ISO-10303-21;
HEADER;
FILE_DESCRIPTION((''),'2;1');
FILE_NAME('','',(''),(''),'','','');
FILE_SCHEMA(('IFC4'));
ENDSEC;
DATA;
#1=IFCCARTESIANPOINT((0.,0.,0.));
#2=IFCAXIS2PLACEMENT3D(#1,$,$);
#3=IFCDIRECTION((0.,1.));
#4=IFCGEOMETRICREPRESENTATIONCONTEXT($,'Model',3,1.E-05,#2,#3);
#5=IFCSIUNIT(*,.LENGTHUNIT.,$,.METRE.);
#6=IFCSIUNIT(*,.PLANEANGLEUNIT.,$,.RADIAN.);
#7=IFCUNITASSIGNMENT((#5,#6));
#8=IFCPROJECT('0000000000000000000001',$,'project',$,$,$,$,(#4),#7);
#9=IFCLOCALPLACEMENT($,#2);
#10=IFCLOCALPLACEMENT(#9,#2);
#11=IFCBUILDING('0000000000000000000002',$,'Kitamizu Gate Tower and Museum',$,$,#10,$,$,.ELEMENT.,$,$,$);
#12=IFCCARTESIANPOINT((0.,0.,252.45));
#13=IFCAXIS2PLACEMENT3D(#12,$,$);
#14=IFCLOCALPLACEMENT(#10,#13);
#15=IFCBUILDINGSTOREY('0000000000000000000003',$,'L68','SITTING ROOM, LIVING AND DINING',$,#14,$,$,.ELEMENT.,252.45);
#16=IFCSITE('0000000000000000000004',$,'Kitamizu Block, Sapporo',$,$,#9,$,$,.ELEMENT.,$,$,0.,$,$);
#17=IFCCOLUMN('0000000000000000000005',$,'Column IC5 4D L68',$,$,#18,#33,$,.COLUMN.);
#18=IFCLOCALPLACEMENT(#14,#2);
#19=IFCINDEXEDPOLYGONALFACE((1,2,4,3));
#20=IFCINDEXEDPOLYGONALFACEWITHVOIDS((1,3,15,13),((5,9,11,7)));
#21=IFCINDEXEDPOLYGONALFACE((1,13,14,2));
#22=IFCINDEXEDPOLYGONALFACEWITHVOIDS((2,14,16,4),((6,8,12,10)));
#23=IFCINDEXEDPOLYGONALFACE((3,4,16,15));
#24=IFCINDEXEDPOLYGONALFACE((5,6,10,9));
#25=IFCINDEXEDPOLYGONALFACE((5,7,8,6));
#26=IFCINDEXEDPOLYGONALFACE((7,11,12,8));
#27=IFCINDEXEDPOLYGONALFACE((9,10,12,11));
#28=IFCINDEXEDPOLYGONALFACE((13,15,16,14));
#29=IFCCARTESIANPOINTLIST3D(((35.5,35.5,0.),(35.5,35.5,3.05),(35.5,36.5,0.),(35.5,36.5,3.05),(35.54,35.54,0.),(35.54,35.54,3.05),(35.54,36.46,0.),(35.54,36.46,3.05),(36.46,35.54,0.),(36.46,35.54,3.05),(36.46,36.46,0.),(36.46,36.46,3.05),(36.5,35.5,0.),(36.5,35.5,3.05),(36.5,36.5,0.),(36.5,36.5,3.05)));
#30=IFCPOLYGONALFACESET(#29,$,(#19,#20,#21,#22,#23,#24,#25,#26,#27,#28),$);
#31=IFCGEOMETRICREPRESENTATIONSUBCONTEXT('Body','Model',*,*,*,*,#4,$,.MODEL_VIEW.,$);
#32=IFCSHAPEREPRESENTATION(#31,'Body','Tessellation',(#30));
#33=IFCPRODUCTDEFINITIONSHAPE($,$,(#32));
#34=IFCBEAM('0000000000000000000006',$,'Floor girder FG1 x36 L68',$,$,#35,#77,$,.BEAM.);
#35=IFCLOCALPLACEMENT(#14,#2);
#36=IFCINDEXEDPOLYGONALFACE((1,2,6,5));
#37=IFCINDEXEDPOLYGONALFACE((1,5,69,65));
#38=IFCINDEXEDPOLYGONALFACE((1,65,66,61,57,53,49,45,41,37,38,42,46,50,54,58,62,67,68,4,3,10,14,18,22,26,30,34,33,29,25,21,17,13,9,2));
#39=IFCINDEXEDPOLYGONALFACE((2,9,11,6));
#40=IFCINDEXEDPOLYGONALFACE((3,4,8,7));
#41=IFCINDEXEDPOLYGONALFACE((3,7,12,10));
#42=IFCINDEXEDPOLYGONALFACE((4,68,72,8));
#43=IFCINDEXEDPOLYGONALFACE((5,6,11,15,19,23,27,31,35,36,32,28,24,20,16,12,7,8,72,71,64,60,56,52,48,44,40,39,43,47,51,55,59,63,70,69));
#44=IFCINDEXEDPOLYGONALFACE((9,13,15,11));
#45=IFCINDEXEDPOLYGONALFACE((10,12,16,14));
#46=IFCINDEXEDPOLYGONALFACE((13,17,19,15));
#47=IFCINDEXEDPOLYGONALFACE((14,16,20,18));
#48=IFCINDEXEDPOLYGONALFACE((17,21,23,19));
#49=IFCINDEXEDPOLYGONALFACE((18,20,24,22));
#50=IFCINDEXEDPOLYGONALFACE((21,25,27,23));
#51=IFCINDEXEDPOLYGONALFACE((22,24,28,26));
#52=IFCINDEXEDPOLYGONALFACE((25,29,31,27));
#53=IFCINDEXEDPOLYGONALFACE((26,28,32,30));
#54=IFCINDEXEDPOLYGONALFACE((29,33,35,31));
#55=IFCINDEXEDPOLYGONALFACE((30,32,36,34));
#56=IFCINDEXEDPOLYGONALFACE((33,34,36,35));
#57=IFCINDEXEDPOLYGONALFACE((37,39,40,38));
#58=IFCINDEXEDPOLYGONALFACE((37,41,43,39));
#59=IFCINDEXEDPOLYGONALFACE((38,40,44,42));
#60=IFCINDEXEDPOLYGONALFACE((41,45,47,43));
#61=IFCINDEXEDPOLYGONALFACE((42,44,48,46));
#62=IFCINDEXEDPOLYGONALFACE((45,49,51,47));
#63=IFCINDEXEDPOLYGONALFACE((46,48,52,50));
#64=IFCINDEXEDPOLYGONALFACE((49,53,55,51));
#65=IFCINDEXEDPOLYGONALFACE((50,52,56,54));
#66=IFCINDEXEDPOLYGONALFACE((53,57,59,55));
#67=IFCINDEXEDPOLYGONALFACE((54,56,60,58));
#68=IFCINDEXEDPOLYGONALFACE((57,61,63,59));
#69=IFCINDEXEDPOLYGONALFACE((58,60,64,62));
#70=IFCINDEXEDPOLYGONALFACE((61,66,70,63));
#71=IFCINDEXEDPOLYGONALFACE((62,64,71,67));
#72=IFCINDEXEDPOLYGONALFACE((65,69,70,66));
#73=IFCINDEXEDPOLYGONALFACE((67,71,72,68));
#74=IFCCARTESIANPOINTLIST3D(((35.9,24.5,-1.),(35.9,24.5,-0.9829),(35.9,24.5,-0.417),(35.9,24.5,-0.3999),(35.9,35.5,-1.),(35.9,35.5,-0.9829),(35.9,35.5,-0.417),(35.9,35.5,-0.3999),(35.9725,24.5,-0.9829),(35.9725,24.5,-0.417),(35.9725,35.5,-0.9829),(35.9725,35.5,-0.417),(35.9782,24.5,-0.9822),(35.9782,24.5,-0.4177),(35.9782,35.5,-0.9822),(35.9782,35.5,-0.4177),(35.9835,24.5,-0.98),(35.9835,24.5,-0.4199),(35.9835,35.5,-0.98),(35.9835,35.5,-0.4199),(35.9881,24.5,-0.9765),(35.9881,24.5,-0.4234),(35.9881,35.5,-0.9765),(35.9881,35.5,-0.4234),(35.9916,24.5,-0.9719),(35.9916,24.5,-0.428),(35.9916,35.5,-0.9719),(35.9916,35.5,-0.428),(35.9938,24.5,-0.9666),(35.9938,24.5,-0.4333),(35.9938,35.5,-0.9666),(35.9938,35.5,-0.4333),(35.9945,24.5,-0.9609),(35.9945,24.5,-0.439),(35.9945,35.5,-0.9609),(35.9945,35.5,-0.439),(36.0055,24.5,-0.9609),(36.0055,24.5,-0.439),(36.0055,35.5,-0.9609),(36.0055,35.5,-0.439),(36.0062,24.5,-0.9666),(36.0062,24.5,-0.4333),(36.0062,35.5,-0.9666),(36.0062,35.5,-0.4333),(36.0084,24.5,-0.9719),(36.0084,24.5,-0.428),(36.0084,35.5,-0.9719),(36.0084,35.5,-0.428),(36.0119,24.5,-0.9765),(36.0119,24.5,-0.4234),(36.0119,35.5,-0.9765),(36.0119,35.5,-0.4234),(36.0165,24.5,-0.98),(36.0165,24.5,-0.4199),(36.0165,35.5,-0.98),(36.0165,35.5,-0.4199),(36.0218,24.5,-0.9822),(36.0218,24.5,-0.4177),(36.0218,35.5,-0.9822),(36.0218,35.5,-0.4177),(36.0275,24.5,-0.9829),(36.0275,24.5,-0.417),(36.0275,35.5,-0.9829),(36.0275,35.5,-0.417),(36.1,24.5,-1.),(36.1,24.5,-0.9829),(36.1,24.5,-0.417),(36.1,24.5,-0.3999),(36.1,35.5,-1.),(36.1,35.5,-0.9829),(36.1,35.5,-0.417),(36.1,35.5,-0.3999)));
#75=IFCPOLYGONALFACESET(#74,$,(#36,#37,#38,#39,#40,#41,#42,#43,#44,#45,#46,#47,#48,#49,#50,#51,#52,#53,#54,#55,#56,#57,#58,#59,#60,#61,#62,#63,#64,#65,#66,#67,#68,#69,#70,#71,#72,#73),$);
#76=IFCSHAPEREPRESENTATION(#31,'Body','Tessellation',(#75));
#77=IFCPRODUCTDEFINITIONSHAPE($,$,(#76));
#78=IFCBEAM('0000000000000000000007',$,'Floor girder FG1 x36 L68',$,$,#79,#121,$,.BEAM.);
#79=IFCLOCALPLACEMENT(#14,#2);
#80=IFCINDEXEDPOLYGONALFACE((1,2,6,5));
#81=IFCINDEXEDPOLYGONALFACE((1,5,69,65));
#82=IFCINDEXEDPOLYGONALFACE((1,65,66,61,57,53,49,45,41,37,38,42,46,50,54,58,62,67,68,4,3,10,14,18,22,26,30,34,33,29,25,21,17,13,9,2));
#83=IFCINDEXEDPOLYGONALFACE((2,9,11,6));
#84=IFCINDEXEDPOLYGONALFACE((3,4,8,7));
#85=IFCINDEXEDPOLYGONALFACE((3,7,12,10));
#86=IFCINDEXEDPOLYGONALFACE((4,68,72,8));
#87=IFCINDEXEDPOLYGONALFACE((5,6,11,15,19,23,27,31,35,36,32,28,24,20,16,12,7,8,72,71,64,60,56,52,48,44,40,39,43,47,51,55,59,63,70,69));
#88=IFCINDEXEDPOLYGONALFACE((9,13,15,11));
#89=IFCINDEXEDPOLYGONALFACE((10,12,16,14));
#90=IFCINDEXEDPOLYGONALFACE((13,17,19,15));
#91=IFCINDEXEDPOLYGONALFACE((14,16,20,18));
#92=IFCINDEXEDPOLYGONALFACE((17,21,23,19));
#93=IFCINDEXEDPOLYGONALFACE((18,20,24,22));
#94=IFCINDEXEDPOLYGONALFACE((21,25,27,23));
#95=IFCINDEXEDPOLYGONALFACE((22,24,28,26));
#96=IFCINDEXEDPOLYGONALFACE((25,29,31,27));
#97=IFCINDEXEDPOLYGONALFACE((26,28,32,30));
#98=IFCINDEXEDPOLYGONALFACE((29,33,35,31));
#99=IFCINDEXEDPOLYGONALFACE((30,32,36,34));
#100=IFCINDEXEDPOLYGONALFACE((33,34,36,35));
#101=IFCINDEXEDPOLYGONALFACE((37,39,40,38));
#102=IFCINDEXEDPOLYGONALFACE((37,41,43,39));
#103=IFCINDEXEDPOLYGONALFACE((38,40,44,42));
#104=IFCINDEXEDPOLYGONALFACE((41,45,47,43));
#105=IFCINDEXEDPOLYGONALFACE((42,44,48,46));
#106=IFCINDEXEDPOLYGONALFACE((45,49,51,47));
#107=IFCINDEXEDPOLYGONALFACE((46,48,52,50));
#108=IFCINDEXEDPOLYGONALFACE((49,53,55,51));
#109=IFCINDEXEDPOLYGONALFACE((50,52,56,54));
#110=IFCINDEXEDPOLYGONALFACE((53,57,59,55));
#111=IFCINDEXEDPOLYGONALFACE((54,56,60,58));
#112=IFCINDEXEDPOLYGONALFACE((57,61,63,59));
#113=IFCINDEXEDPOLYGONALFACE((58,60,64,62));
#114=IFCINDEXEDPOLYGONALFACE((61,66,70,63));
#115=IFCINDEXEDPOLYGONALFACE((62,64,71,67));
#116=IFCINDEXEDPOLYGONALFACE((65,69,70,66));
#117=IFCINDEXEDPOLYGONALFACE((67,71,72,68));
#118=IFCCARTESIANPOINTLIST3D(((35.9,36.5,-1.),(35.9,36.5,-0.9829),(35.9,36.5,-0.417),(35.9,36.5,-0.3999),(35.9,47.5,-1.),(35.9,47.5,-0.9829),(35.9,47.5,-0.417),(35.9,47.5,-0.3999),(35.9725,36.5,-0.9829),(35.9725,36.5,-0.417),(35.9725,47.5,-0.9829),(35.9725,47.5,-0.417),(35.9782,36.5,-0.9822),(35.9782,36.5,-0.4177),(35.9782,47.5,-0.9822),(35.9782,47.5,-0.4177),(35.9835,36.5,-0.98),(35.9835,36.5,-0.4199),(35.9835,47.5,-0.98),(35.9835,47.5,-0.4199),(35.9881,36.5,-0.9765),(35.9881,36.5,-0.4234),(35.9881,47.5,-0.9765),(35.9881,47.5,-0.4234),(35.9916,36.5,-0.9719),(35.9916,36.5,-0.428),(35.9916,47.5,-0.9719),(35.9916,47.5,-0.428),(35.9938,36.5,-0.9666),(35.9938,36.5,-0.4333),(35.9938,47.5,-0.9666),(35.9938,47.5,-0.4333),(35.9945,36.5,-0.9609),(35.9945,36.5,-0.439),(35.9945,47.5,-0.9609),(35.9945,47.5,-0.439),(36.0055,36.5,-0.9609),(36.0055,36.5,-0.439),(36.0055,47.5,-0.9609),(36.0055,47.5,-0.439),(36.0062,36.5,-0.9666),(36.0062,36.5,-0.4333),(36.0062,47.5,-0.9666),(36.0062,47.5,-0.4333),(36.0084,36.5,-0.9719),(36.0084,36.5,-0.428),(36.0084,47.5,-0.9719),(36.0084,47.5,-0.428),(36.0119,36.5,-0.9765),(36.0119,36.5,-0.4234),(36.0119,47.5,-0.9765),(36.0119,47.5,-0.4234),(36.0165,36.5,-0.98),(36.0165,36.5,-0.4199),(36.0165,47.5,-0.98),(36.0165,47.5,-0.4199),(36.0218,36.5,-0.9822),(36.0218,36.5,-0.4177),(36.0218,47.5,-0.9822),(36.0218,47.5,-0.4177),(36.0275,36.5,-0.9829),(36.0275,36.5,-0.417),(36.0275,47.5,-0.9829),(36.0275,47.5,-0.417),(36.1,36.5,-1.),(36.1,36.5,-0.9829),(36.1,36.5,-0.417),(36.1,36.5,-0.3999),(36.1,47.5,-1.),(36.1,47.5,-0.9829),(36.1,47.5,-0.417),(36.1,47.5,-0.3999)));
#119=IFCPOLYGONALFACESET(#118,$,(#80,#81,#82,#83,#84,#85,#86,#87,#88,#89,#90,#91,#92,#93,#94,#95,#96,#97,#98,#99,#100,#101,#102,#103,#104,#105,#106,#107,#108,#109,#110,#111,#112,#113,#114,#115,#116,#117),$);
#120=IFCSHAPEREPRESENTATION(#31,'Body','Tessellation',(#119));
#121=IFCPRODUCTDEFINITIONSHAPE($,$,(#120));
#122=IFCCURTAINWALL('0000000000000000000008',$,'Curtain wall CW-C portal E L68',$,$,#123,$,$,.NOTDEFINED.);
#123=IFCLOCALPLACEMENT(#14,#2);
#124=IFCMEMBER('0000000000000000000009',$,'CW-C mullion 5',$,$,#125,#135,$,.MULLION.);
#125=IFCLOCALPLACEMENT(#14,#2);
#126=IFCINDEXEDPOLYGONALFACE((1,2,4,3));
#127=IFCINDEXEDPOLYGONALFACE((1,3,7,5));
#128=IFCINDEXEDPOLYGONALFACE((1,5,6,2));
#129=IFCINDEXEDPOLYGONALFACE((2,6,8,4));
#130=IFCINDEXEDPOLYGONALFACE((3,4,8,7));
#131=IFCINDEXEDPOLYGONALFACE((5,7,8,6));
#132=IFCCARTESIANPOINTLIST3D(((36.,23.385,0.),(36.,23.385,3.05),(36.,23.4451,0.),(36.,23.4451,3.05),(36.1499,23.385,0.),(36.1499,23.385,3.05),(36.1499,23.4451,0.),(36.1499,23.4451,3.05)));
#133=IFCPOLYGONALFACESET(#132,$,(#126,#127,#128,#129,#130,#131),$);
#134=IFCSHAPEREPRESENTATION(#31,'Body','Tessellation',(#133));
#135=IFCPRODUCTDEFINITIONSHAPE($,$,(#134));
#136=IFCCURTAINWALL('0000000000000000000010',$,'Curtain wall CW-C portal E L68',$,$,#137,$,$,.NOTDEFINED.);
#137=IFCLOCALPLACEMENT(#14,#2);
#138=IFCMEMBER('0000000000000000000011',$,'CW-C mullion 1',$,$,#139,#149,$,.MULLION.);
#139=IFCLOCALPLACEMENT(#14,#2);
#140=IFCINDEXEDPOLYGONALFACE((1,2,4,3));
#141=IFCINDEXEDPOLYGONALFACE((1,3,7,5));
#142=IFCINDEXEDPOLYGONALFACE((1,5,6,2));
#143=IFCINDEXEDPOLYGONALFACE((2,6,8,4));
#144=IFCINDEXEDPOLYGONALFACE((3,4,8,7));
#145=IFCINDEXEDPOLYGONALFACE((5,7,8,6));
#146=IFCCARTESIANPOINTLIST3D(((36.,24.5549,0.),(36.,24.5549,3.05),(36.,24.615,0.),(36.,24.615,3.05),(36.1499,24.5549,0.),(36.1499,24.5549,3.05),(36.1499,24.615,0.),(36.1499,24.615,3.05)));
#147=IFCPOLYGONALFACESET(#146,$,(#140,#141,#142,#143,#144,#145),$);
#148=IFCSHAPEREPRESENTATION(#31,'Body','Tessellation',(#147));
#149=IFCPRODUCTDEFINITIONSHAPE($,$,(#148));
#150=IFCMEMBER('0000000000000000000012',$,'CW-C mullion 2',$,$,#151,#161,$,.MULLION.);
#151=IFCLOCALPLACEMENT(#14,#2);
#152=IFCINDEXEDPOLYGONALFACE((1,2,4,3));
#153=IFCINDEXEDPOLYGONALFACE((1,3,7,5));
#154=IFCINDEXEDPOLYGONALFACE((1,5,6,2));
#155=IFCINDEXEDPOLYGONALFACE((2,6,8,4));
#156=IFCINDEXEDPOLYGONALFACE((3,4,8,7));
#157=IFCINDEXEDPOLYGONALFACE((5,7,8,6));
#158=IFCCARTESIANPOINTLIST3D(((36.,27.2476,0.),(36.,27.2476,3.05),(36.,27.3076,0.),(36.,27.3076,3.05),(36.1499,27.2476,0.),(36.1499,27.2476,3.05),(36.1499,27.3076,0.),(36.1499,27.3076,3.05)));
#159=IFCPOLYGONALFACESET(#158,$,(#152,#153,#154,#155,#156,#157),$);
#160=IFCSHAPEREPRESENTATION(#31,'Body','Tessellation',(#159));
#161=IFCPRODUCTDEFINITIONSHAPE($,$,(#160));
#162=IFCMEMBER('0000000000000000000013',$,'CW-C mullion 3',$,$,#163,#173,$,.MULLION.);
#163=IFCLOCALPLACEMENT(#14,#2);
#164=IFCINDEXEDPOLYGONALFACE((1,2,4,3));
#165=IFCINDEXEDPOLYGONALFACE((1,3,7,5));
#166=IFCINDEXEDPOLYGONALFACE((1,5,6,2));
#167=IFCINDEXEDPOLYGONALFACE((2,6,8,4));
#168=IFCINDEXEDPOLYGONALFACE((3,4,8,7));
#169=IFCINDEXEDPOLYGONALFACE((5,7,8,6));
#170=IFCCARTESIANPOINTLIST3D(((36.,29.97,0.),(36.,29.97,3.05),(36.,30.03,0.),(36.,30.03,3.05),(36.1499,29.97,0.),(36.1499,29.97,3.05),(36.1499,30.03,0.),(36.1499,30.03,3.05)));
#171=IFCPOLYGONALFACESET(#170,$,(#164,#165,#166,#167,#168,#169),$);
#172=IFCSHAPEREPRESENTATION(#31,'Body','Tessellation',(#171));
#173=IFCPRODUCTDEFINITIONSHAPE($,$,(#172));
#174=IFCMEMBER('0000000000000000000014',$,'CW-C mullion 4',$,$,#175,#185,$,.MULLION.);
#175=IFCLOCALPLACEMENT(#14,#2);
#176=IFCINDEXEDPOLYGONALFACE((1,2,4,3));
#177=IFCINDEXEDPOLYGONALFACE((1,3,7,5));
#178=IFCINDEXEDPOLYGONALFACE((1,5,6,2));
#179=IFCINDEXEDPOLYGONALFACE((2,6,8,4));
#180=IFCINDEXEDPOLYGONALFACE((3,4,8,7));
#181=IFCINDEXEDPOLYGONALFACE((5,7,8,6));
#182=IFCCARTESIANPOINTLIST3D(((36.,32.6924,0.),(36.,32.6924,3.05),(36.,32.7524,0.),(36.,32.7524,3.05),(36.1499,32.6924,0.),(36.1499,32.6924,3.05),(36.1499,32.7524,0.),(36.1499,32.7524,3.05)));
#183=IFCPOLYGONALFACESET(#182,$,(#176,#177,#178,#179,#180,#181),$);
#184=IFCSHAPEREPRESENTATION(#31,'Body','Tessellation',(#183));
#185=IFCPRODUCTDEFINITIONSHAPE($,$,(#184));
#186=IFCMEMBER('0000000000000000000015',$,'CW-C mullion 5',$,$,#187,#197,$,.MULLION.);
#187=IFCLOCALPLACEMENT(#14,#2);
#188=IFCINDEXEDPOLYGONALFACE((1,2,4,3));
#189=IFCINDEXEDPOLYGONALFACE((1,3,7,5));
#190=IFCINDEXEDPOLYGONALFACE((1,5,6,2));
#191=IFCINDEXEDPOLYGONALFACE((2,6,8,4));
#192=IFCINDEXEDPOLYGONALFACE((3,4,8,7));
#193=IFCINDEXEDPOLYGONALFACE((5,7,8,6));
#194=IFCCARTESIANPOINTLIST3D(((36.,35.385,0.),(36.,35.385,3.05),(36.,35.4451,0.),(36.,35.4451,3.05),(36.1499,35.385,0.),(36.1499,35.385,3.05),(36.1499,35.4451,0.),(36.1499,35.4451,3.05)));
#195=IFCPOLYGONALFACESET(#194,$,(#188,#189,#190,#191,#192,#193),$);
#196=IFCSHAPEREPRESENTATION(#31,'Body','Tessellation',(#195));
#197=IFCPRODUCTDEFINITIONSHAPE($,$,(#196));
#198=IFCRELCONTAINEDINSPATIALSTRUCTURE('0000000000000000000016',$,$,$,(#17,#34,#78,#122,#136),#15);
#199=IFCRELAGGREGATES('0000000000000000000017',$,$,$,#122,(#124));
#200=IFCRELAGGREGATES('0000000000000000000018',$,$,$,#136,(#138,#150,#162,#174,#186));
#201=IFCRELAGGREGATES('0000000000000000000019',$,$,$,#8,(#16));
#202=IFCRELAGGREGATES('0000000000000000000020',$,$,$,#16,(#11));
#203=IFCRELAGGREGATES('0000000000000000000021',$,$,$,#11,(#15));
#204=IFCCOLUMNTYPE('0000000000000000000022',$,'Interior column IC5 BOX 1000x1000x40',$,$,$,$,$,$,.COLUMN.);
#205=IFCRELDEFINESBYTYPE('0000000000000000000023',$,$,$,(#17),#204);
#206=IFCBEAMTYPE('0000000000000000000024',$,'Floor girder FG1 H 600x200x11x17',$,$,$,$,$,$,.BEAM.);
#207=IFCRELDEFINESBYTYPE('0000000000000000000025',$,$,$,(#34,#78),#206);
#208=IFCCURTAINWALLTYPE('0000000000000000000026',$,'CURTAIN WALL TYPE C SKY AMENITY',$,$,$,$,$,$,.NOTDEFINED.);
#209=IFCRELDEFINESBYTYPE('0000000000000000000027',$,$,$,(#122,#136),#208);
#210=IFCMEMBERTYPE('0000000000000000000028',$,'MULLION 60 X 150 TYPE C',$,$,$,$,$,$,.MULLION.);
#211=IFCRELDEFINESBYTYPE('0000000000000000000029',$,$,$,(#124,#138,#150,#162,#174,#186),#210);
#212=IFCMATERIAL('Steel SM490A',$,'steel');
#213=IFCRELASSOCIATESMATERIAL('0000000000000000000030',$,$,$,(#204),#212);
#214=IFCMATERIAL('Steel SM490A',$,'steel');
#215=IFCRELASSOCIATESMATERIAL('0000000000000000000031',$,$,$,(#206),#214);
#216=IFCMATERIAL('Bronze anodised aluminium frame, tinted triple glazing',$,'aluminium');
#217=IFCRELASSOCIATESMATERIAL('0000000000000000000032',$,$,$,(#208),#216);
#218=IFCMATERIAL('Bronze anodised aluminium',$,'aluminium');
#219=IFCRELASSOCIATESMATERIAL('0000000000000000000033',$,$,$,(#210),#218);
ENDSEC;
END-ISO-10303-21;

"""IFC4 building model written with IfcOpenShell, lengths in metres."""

from ifc_helpers import new_model, si_unit, direction, frame, origin, origin_2d, place, context, subcontext, project, spatial, rectangle, hollow_rectangle, i_section, extrude, material, material_profile, profile_set, type_object, element, aggregate, save


model = new_model("IFC4")

# Units and contexts
model_context = context("Model", 3, precision=1e-05, world=origin(), true_north=direction((0.0, 1.0)))
body_context = subcontext(model_context, "Body", "Model", "MODEL_VIEW")
ifc_project = project(units=[si_unit("LENGTHUNIT", "METRE"), si_unit("PLANEANGLEUNIT", "RADIAN")], contexts=[model_context])

# Site, building, storey
site_placement = place(None, origin())
site = spatial("IfcSite", under=ifc_project, at=site_placement, Name="Kitamizu Block, Sapporo", CompositionType="ELEMENT", RefElevation=0.0)
building_placement = place(site_placement, origin())
building = spatial("IfcBuilding", under=site, at=building_placement, Name="Kitamizu Gate Tower and Museum", CompositionType="ELEMENT")
storey_placement = place(building_placement, frame((0.0, 0.0, 252.45)))
storey = spatial("IfcBuildingStorey", under=building, at=storey_placement, Name="L68", Description="SITTING ROOM, LIVING AND DINING", CompositionType="ELEMENT", Elevation=252.45)

# Column
ifc_material_1 = material(Name="Steel SM490A", Category="steel")
ifc_material_profile_1 = material_profile(ifc_material_1, hollow_rectangle(XDim=1.0, YDim=1.0, WallThickness=0.04, at=origin_2d()), Name="BOX 1000x1000x40")
ifc_profile_set_1 = profile_set([ifc_material_profile_1], Name="Steel SM490A")
column_type = type_object("IfcColumnType", Name="Interior column IC5 BOX 1000x1000x40", PredefinedType="COLUMN", material=ifc_profile_set_1)
column_placement = place(storey_placement, frame((36.0, 36.0, 0.0), z_axis=(0.0, 0.0, 1.0), x_axis=(1.0, 0.0, 0.0)))
element("IfcColumn", 1, at=column_placement, inside=storey, type_object=column_type, Name="Column IC5 4D L68", PredefinedType="COLUMN", context=body_context, shape_type="SweptSolid", body=[
    extrude(hollow_rectangle(XDim=1.0, YDim=1.0, WallThickness=0.04, at=origin_2d()), origin(), (0.0, 0.0, 1.0), 3.05),
])

# Beams
ifc_material_2 = material(Name="Steel SM490A", Category="steel")
ifc_material_profile_2 = material_profile(ifc_material_2, i_section(OverallWidth=0.2, OverallDepth=0.6001, WebThickness=0.011, FlangeThickness=0.0171, FilletRadius=0.022, at=origin_2d()), Name="H-600x200x11x17")
ifc_profile_set_2 = profile_set([ifc_material_profile_2], Name="Steel SM490A")
beam_type = type_object("IfcBeamType", Name="Floor girder FG1 H 600x200x11x17", PredefinedType="BEAM", material=ifc_profile_set_2)
for number, where, z_axis, x_axis, name in (
    (2, (36.0, 24.5, -0.7), (0.0, 1.0, 0.0), (-1.0, 0.0, 0.0), "Floor girder FG1 x36 L68"),
    (3, (36.0, 36.5, -0.7), (0.0, 1.0, 0.0), (-1.0, 0.0, 0.0), "Floor girder FG1 x36 L68"),
):
    element("IfcBeam", number, at=place(storey_placement, frame(where, z_axis=z_axis, x_axis=x_axis)), inside=storey, type_object=beam_type, Name=name, PredefinedType="BEAM", context=body_context, shape_type="SweptSolid", body=[
        extrude(i_section(OverallWidth=0.2, OverallDepth=0.6001, WebThickness=0.011, FlangeThickness=0.0171, FilletRadius=0.022, at=origin_2d()), origin(), (0.0, 0.0, 1.0), 11.0),
    ])

# Curtain wall, member
ifc_material_3 = material(Name="Bronze anodised aluminium frame, tinted triple glazing", Category="aluminium")
curtain_wall_type = type_object("IfcCurtainWallType", Name="CURTAIN WALL TYPE C SKY AMENITY", PredefinedType="NOTDEFINED", material=ifc_material_3)
curtain_wall_1_placement = place(storey_placement, origin())
curtain_wall_1 = element("IfcCurtainWall", 4, at=curtain_wall_1_placement, inside=storey, type_object=curtain_wall_type, Name="Curtain wall CW-C portal E L68", PredefinedType="NOTDEFINED")
ifc_material_4 = material(Name="Bronze anodised aluminium", Category="aluminium")
ifc_material_profile_3 = material_profile(ifc_material_4, rectangle(XDim=0.0601, YDim=0.1499, at=origin_2d()), Name="AL 60X150")
ifc_profile_set_3 = profile_set([ifc_material_profile_3], Name="Bronze anodised aluminium")
member_type_1 = type_object("IfcMemberType", Name="MULLION 60 X 150 TYPE C", PredefinedType="MULLION", material=ifc_profile_set_3)
member_1_placement = place(storey_placement, frame((36.075, 23.415, 0.0), z_axis=(0.0, 0.0, 1.0), x_axis=(0.0, 1.0, 0.0)))
member_1 = element("IfcMember", 5, at=member_1_placement, type_object=member_type_1, Name="CW-C mullion 5", PredefinedType="MULLION", context=body_context, shape_type="SweptSolid", body=[
    extrude(rectangle(XDim=0.0601, YDim=0.1499, at=origin_2d()), origin(), (0.0, 0.0, 1.0), 3.05),
])

# Curtain wall, members
curtain_wall_2_placement = place(storey_placement, origin())
curtain_wall_2 = element("IfcCurtainWall", 6, at=curtain_wall_2_placement, inside=storey, type_object=curtain_wall_type, Name="Curtain wall CW-C portal E L68", PredefinedType="NOTDEFINED")
member_2_placement = place(storey_placement, frame((36.075, 24.585, 0.0), z_axis=(0.0, 0.0, 1.0), x_axis=(0.0, 1.0, 0.0)))
member_2 = element("IfcMember", 7, at=member_2_placement, type_object=member_type_1, Name="CW-C mullion 1", PredefinedType="MULLION", context=body_context, shape_type="SweptSolid", body=[
    extrude(rectangle(XDim=0.0601, YDim=0.1499, at=origin_2d()), origin(), (0.0, 0.0, 1.0), 3.05),
])
member_3_placement = place(storey_placement, frame((36.075, 27.2776, 0.0), z_axis=(0.0, 0.0, 1.0), x_axis=(0.0, 1.0, 0.0)))
member_3 = element("IfcMember", 8, at=member_3_placement, type_object=member_type_1, Name="CW-C mullion 2", PredefinedType="MULLION", context=body_context, shape_type="SweptSolid", body=[
    extrude(rectangle(XDim=0.0601, YDim=0.1499, at=origin_2d()), origin(), (0.0, 0.0, 1.0), 3.05),
])
member_4_placement = place(storey_placement, frame((36.075, 30.0, 0.0), z_axis=(0.0, 0.0, 1.0), x_axis=(0.0, 1.0, 0.0)))
member_4 = element("IfcMember", 9, at=member_4_placement, type_object=member_type_1, Name="CW-C mullion 3", PredefinedType="MULLION", context=body_context, shape_type="SweptSolid", body=[
    extrude(rectangle(XDim=0.0601, YDim=0.1499, at=origin_2d()), origin(), (0.0, 0.0, 1.0), 3.05),
])
member_5_placement = place(storey_placement, frame((36.075, 32.7224, 0.0), z_axis=(0.0, 0.0, 1.0), x_axis=(0.0, 1.0, 0.0)))
member_5 = element("IfcMember", 10, at=member_5_placement, type_object=member_type_1, Name="CW-C mullion 4", PredefinedType="MULLION", context=body_context, shape_type="SweptSolid", body=[
    extrude(rectangle(XDim=0.0601, YDim=0.1499, at=origin_2d()), origin(), (0.0, 0.0, 1.0), 3.05),
])
member_6_placement = place(storey_placement, frame((36.075, 35.415, 0.0), z_axis=(0.0, 0.0, 1.0), x_axis=(0.0, 1.0, 0.0)))
member_6 = element("IfcMember", 11, at=member_6_placement, type_object=member_type_1, Name="CW-C mullion 5", PredefinedType="MULLION", context=body_context, shape_type="SweptSolid", body=[
    extrude(rectangle(XDim=0.0601, YDim=0.1499, at=origin_2d()), origin(), (0.0, 0.0, 1.0), 3.05),
])

aggregate(curtain_wall_1, [member_1])
aggregate(curtain_wall_2, [member_2, member_3, member_4, member_5, member_6])

save(model, "model.ifc")
